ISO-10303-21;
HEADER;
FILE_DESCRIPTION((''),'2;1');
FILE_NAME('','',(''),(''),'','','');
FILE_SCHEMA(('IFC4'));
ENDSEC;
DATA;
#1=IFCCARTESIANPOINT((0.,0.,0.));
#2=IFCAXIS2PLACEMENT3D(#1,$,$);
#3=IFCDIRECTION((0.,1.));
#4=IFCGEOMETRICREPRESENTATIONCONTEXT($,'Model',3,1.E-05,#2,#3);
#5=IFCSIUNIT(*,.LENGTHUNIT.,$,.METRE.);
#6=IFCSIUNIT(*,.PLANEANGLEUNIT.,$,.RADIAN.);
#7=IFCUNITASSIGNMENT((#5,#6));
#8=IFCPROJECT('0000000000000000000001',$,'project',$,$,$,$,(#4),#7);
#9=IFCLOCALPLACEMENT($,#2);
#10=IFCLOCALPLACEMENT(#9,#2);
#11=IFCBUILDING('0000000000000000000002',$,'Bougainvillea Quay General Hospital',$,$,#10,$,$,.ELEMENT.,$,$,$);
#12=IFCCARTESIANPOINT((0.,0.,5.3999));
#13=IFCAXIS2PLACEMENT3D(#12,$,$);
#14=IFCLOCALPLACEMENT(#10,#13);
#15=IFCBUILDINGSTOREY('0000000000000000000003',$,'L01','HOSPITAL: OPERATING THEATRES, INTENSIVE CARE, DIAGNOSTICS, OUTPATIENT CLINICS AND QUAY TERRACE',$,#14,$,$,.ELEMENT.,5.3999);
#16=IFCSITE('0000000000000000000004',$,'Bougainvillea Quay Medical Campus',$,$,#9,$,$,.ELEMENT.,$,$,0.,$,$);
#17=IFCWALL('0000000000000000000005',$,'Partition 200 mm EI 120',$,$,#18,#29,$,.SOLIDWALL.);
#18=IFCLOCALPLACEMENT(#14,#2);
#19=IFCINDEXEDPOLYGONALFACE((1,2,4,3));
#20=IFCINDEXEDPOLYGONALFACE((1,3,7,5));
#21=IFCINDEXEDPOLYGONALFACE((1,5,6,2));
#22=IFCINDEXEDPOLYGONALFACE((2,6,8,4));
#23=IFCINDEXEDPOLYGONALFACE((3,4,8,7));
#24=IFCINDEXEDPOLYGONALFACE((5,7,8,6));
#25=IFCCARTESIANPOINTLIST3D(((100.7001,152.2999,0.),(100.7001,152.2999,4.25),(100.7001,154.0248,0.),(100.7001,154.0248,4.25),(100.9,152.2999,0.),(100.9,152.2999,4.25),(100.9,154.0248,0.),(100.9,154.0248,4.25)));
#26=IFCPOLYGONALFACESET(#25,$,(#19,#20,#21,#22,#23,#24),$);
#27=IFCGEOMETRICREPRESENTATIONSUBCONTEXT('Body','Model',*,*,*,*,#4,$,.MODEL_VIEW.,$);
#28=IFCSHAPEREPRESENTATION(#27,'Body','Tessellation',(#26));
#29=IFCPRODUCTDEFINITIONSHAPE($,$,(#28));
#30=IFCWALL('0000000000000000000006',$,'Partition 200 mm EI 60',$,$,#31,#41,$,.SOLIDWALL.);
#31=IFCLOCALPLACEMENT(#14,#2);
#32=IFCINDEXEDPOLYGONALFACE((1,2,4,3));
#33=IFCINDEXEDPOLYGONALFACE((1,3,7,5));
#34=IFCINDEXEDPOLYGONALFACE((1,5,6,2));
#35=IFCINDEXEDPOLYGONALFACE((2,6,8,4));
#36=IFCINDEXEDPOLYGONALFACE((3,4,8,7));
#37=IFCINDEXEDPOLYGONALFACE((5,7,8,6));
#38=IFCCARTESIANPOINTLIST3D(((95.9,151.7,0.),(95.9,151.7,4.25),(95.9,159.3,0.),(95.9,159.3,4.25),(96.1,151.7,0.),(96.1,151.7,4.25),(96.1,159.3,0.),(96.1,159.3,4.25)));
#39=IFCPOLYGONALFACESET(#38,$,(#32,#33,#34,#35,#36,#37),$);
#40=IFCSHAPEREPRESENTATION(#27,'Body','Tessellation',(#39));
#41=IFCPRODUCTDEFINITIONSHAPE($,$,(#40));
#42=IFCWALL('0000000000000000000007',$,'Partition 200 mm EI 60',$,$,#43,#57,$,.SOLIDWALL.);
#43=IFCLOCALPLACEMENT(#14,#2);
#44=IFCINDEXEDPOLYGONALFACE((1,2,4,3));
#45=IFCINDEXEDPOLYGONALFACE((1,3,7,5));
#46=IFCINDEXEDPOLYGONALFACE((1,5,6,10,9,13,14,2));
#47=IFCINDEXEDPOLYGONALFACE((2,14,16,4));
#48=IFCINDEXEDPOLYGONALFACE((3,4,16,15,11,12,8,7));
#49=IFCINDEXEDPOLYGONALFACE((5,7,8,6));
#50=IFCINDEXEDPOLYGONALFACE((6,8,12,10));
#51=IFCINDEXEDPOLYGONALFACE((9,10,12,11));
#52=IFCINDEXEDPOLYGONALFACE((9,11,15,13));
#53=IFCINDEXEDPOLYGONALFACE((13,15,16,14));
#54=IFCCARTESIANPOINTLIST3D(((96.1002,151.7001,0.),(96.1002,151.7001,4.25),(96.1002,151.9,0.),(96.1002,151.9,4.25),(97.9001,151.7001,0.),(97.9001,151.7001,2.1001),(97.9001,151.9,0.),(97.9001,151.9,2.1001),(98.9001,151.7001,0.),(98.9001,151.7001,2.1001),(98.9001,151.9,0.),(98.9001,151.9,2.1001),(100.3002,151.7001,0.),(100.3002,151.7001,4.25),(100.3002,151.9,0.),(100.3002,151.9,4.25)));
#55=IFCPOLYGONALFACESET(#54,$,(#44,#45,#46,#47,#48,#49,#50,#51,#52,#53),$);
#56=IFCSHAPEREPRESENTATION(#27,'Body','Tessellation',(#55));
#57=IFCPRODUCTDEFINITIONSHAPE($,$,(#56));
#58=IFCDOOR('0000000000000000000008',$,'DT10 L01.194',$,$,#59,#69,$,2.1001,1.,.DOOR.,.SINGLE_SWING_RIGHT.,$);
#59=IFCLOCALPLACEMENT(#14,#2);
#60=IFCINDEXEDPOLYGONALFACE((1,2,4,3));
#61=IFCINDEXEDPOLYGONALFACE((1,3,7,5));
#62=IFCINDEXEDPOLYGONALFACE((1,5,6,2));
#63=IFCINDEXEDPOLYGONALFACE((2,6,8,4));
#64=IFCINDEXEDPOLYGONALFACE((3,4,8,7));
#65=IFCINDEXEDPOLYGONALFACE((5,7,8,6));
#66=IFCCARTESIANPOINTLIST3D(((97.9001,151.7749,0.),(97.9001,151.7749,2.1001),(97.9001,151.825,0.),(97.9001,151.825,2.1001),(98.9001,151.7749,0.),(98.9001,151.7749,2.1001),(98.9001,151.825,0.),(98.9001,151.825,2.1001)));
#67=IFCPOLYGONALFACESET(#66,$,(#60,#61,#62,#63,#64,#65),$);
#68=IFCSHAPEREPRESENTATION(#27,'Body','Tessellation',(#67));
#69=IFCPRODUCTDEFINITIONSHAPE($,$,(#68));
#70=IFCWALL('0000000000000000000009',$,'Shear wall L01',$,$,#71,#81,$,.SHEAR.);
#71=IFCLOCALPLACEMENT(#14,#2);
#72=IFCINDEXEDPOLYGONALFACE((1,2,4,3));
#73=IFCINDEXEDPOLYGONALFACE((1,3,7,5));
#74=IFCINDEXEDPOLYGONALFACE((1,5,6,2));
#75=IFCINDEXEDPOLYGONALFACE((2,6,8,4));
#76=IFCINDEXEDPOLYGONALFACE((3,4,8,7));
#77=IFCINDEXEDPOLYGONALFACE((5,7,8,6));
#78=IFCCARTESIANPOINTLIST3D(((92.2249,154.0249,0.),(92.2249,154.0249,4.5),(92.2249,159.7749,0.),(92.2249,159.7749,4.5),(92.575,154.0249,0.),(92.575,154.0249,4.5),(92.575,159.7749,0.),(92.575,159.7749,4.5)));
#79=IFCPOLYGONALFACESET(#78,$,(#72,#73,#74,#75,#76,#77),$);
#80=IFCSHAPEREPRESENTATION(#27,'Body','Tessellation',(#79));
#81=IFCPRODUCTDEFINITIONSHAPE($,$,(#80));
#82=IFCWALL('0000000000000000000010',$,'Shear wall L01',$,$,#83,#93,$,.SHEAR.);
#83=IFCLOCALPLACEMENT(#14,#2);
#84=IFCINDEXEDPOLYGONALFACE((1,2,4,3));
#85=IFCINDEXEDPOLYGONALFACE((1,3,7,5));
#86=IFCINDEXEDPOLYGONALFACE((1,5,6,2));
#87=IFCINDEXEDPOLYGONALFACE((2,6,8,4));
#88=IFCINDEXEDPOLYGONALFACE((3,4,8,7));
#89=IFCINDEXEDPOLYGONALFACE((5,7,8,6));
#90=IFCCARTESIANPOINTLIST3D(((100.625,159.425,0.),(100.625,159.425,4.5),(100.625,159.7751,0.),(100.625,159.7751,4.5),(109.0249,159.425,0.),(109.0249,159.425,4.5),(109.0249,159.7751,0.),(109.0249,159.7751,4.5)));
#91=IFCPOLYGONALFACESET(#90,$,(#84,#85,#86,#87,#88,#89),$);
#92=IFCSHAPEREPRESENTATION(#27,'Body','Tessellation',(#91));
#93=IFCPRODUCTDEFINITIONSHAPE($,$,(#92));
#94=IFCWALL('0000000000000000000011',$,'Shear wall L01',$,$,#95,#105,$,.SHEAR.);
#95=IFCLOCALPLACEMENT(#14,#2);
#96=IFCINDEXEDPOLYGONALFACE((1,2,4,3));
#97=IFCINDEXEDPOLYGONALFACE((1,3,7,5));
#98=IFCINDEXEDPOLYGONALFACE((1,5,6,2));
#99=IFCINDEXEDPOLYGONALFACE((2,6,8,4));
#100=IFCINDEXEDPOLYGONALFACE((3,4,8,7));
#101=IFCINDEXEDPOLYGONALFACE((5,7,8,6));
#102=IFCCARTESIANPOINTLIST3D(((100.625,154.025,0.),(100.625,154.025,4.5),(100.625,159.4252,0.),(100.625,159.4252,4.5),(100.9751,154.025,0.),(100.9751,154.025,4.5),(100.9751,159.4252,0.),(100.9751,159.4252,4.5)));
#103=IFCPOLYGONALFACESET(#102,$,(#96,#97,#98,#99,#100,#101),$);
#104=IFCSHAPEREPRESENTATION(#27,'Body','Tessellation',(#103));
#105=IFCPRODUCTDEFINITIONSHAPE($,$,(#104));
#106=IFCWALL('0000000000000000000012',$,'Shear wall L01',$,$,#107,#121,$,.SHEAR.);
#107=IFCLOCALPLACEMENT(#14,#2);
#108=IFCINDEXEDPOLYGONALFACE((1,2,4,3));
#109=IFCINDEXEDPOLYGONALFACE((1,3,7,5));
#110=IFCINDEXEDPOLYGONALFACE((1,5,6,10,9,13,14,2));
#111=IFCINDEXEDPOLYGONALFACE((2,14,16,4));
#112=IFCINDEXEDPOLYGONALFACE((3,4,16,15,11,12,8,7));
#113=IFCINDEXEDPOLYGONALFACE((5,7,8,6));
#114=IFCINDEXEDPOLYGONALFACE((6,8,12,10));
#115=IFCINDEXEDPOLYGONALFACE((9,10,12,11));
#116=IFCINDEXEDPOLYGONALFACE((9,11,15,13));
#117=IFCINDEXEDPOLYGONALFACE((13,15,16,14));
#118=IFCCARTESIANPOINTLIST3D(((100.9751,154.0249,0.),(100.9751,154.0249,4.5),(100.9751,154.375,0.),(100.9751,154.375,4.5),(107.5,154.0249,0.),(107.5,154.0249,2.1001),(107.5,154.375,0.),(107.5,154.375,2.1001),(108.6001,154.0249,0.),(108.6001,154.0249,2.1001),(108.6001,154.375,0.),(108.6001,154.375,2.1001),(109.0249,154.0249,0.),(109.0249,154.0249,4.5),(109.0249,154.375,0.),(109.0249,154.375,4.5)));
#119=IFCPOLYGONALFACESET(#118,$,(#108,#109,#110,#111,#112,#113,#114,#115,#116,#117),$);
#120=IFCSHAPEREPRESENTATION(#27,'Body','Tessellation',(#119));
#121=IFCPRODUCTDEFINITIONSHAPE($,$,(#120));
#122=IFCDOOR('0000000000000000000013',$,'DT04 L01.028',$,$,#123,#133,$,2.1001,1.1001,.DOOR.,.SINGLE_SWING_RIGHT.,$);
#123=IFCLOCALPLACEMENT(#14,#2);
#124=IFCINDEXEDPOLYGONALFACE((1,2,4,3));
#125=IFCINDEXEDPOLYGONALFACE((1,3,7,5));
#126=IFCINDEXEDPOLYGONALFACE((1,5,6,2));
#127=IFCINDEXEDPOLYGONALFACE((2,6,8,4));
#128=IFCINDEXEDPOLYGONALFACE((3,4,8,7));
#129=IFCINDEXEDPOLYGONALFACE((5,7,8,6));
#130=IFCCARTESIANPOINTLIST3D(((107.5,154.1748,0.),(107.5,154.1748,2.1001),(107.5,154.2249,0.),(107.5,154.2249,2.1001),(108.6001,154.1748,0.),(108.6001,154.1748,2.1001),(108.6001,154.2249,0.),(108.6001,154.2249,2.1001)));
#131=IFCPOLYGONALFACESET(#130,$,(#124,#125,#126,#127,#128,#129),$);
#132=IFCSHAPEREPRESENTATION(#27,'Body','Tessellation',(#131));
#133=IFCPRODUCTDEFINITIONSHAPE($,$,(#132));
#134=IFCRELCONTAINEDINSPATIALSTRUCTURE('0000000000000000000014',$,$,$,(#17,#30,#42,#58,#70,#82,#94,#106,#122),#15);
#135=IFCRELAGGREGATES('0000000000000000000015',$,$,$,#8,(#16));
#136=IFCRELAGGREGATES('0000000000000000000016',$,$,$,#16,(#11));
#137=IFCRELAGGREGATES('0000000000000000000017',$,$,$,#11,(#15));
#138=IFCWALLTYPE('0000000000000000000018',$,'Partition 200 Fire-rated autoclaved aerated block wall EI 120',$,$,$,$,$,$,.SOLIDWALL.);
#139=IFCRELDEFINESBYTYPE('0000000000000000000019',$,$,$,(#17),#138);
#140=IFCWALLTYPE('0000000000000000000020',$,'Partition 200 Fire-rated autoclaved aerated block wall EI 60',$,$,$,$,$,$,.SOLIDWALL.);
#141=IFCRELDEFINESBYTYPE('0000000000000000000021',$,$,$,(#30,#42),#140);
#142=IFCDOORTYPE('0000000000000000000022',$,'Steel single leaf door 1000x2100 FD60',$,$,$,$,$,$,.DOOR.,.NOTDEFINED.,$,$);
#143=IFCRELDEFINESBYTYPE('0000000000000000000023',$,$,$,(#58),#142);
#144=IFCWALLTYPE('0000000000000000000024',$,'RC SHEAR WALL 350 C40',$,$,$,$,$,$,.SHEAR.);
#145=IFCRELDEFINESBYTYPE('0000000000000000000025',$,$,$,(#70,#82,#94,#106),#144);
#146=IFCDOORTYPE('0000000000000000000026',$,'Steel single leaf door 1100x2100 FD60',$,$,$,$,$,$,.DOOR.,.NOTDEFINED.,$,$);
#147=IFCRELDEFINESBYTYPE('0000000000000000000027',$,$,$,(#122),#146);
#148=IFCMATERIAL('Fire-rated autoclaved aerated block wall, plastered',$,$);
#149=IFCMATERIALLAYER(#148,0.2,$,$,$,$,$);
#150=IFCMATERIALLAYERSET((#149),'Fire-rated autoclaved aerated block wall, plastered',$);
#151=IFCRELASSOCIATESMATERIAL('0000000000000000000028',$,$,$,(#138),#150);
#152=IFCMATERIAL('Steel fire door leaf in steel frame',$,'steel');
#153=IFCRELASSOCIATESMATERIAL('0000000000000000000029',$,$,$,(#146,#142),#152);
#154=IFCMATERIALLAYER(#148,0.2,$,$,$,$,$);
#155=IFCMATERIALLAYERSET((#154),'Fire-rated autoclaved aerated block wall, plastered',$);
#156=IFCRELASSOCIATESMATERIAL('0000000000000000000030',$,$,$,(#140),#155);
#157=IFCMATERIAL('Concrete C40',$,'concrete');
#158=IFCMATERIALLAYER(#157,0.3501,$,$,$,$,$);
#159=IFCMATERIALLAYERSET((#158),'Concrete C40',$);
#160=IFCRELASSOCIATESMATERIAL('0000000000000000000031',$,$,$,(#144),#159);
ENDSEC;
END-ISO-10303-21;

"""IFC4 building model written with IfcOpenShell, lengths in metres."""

from ifc_helpers import new_model, si_unit, direction, frame, frame_2d, origin, place, context, subcontext, project, spatial, rectangle, extrude, material, layer, layer_set, type_object, element, fill, save


model = new_model("IFC4")

# Units and contexts
model_context = context("Model", 3, precision=1e-05, world=origin(), true_north=direction((0.0, 1.0)))
body_context = subcontext(model_context, "Body", "Model", "MODEL_VIEW")
ifc_project = project(units=[si_unit("LENGTHUNIT", "METRE"), si_unit("PLANEANGLEUNIT", "RADIAN")], contexts=[model_context])

# Site, building, storey
site_placement = place(None, origin())
site = spatial("IfcSite", under=ifc_project, at=site_placement, Name="Bougainvillea Quay Medical Campus", CompositionType="ELEMENT", RefElevation=0.0)
building_placement = place(site_placement, origin())
building = spatial("IfcBuilding", under=site, at=building_placement, Name="Bougainvillea Quay General Hospital", CompositionType="ELEMENT")
storey_placement = place(building_placement, frame((0.0, 0.0, 5.3999)))
storey = spatial("IfcBuildingStorey", under=building, at=storey_placement, Name="L01", Description="HOSPITAL: OPERATING THEATRES, INTENSIVE CARE, DIAGNOSTICS, OUTPATIENT CLINICS AND QUAY TERRACE", CompositionType="ELEMENT", Elevation=5.3999)

# Shared definitions
ifc_material_1 = material(Name="Fire-rated autoclaved aerated block wall, plastered")
ifc_layer_1 = layer(ifc_material_1, 0.2)
ifc_layer_set_1 = layer_set([ifc_layer_1], Name="Fire-rated autoclaved aerated block wall, plastered")
wall_type_1 = type_object("IfcWallType", Name="Partition 200 Fire-rated autoclaved aerated block wall EI 120", PredefinedType="SOLIDWALL", material=ifc_layer_set_1)
ifc_material_2 = material(Name="Steel fire door leaf in steel frame", Category="steel")
door_type_1 = type_object("IfcDoorType", Name="Steel single leaf door 1100x2100 FD60", OperationType="NOTDEFINED", PredefinedType="DOOR", material=ifc_material_2)

# Walls
for number, where, z_axis, x_axis, name in (
    (1, (100.8, 152.3, 0.0), (0.0, 0.0, 1.0), (0.0, 1.0, 0.0), "Partition 200 mm EI 120"),
):
    element("IfcWall", number, at=place(storey_placement, frame(where, z_axis=z_axis, x_axis=x_axis)), inside=storey, type_object=wall_type_1, Name=name, PredefinedType="SOLIDWALL", context=body_context, shape_type="SweptSolid", body=[
        extrude(rectangle(XDim=1.7249, YDim=0.2, at=frame_2d((0.8623, 0.0))), origin(), (0.0, 0.0, 1.0), 4.25),
    ])
ifc_layer_2 = layer(ifc_material_1, 0.2)
ifc_layer_set_2 = layer_set([ifc_layer_2], Name="Fire-rated autoclaved aerated block wall, plastered")
wall_type_2 = type_object("IfcWallType", Name="Partition 200 Fire-rated autoclaved aerated block wall EI 60", PredefinedType="SOLIDWALL", material=ifc_layer_set_2)
wall_1_placement = place(storey_placement, frame((96.0, 151.7, 0.0), z_axis=(0.0, 0.0, 1.0), x_axis=(0.0, 1.0, 0.0)))
element("IfcWall", 2, at=wall_1_placement, inside=storey, type_object=wall_type_2, Name="Partition 200 mm EI 60", PredefinedType="SOLIDWALL", context=body_context, shape_type="SweptSolid", body=[
    extrude(rectangle(XDim=7.6001, YDim=0.2, at=frame_2d((3.8, 0.0))), origin(), (0.0, 0.0, 1.0), 4.25),
])

# Wall, opening, door
wall_2_placement = place(storey_placement, frame((96.1001, 151.8, 0.0), z_axis=(0.0, 0.0, 1.0), x_axis=(1.0, 0.0, 0.0)))
wall_2 = element("IfcWall", 3, at=wall_2_placement, inside=storey, type_object=wall_type_2, Name="Partition 200 mm EI 60", PredefinedType="SOLIDWALL", context=body_context, shape_type="SweptSolid", body=[
    extrude(rectangle(XDim=4.2, YDim=0.2, at=frame_2d((2.1001, 0.0))), origin(), (0.0, 0.0, 1.0), 4.25),
])
opening_1_placement = place(wall_2_placement, frame((1.8, 0.0, 0.0)))
opening_1 = element("IfcOpeningElement", 4, at=opening_1_placement, cuts=wall_2, PredefinedType="OPENING", context=body_context, shape_type="SweptSolid", body=[
    extrude(rectangle(XDim=1.0, YDim=2.1001, at=frame_2d((0.5, 1.05))), frame((0.0, 0.1099, 0.0), z_axis=(0.0, -1.0, 0.0), x_axis=(1.0, 0.0, 0.0)), (0.0, 0.0, 1.0), 0.22),
])
door_type_2 = type_object("IfcDoorType", Name="Steel single leaf door 1000x2100 FD60", OperationType="NOTDEFINED", PredefinedType="DOOR", material=ifc_material_2)
door_1_placement = place(opening_1_placement, origin())
door_1 = element("IfcDoor", 5, at=door_1_placement, inside=storey, type_object=door_type_2, Name="DT10 L01.194", OperationType="SINGLE_SWING_RIGHT", OverallHeight=2.1001, OverallWidth=1.0, PredefinedType="DOOR", context=body_context, shape_type="SweptSolid", body=[
    extrude(rectangle(XDim=1.0, YDim=2.1001, at=frame_2d((0.5, 1.05))), frame((0.0, 0.0249, 0.0), z_axis=(0.0, -1.0, 0.0), x_axis=(1.0, 0.0, 0.0)), (0.0, 0.0, 1.0), 0.05),
])
fill(opening_1, door_1)

# Walls
ifc_material_3 = material(Name="Concrete C40", Category="concrete")
ifc_layer_3 = layer(ifc_material_3, 0.3501)
ifc_layer_set_3 = layer_set([ifc_layer_3], Name="Concrete C40")
wall_type_3 = type_object("IfcWallType", Name="RC SHEAR WALL 350 C40", PredefinedType="SHEAR", material=ifc_layer_set_3)
wall_3_placement = place(storey_placement, frame((92.3999, 154.0249, 0.0), z_axis=(0.0, 0.0, 1.0), x_axis=(0.0, 1.0, 0.0)))
element("IfcWall", 6, at=wall_3_placement, inside=storey, type_object=wall_type_3, Name="Shear wall L01", PredefinedType="SHEAR", context=body_context, shape_type="SweptSolid", body=[
    extrude(rectangle(XDim=5.75, YDim=0.3501, at=frame_2d((2.875, 0.0))), origin(), (0.0, 0.0, 1.0), 4.5),
])
wall_4_placement = place(storey_placement, frame((100.625, 159.6001, 0.0), z_axis=(0.0, 0.0, 1.0), x_axis=(1.0, 0.0, 0.0)))
element("IfcWall", 7, at=wall_4_placement, inside=storey, type_object=wall_type_3, Name="Shear wall L01", PredefinedType="SHEAR", context=body_context, shape_type="SweptSolid", body=[
    extrude(rectangle(XDim=8.3999, YDim=0.3501, at=frame_2d((4.2, 0.0))), origin(), (0.0, 0.0, 1.0), 4.5),
])
wall_5_placement = place(storey_placement, frame((100.8, 154.0249, 0.0), z_axis=(0.0, 0.0, 1.0), x_axis=(0.0, 1.0, 0.0)))
element("IfcWall", 8, at=wall_5_placement, inside=storey, type_object=wall_type_3, Name="Shear wall L01", PredefinedType="SHEAR", context=body_context, shape_type="SweptSolid", body=[
    extrude(rectangle(XDim=5.4001, YDim=0.3501, at=frame_2d((2.7002, 0.0))), origin(), (0.0, 0.0, 1.0), 4.5),
])

# Wall, opening, door
wall_6_placement = place(storey_placement, frame((100.9751, 154.2, 0.0), z_axis=(0.0, 0.0, 1.0), x_axis=(1.0, 0.0, 0.0)))
wall_6 = element("IfcWall", 9, at=wall_6_placement, inside=storey, type_object=wall_type_3, Name="Shear wall L01", PredefinedType="SHEAR", context=body_context, shape_type="SweptSolid", body=[
    extrude(rectangle(XDim=8.0498, YDim=0.3501, at=frame_2d((4.0249, 0.0))), origin(), (0.0, 0.0, 1.0), 4.5),
])
opening_2_placement = place(wall_6_placement, frame((6.5249, 0.0, 0.0)))
opening_2 = element("IfcOpeningElement", 10, at=opening_2_placement, cuts=wall_6, PredefinedType="OPENING", context=body_context, shape_type="SweptSolid", body=[
    extrude(rectangle(XDim=1.1001, YDim=2.1001, at=frame_2d((0.55, 1.05))), frame((0.0, 0.1851, 0.0), z_axis=(0.0, -1.0, 0.0), x_axis=(1.0, 0.0, 0.0)), (0.0, 0.0, 1.0), 0.3701),
])
door_2_placement = place(opening_2_placement, origin())
door_2 = element("IfcDoor", 11, at=door_2_placement, inside=storey, type_object=door_type_1, Name="DT04 L01.028", OperationType="SINGLE_SWING_RIGHT", OverallHeight=2.1001, OverallWidth=1.1001, PredefinedType="DOOR", context=body_context, shape_type="SweptSolid", body=[
    extrude(rectangle(XDim=1.1001, YDim=2.1001, at=frame_2d((0.55, 1.05))), frame((0.0, 0.0249, 0.0), z_axis=(0.0, -1.0, 0.0), x_axis=(1.0, 0.0, 0.0)), (0.0, 0.0, 1.0), 0.05),
])
fill(opening_2, door_2)

save(model, "model.ifc")
